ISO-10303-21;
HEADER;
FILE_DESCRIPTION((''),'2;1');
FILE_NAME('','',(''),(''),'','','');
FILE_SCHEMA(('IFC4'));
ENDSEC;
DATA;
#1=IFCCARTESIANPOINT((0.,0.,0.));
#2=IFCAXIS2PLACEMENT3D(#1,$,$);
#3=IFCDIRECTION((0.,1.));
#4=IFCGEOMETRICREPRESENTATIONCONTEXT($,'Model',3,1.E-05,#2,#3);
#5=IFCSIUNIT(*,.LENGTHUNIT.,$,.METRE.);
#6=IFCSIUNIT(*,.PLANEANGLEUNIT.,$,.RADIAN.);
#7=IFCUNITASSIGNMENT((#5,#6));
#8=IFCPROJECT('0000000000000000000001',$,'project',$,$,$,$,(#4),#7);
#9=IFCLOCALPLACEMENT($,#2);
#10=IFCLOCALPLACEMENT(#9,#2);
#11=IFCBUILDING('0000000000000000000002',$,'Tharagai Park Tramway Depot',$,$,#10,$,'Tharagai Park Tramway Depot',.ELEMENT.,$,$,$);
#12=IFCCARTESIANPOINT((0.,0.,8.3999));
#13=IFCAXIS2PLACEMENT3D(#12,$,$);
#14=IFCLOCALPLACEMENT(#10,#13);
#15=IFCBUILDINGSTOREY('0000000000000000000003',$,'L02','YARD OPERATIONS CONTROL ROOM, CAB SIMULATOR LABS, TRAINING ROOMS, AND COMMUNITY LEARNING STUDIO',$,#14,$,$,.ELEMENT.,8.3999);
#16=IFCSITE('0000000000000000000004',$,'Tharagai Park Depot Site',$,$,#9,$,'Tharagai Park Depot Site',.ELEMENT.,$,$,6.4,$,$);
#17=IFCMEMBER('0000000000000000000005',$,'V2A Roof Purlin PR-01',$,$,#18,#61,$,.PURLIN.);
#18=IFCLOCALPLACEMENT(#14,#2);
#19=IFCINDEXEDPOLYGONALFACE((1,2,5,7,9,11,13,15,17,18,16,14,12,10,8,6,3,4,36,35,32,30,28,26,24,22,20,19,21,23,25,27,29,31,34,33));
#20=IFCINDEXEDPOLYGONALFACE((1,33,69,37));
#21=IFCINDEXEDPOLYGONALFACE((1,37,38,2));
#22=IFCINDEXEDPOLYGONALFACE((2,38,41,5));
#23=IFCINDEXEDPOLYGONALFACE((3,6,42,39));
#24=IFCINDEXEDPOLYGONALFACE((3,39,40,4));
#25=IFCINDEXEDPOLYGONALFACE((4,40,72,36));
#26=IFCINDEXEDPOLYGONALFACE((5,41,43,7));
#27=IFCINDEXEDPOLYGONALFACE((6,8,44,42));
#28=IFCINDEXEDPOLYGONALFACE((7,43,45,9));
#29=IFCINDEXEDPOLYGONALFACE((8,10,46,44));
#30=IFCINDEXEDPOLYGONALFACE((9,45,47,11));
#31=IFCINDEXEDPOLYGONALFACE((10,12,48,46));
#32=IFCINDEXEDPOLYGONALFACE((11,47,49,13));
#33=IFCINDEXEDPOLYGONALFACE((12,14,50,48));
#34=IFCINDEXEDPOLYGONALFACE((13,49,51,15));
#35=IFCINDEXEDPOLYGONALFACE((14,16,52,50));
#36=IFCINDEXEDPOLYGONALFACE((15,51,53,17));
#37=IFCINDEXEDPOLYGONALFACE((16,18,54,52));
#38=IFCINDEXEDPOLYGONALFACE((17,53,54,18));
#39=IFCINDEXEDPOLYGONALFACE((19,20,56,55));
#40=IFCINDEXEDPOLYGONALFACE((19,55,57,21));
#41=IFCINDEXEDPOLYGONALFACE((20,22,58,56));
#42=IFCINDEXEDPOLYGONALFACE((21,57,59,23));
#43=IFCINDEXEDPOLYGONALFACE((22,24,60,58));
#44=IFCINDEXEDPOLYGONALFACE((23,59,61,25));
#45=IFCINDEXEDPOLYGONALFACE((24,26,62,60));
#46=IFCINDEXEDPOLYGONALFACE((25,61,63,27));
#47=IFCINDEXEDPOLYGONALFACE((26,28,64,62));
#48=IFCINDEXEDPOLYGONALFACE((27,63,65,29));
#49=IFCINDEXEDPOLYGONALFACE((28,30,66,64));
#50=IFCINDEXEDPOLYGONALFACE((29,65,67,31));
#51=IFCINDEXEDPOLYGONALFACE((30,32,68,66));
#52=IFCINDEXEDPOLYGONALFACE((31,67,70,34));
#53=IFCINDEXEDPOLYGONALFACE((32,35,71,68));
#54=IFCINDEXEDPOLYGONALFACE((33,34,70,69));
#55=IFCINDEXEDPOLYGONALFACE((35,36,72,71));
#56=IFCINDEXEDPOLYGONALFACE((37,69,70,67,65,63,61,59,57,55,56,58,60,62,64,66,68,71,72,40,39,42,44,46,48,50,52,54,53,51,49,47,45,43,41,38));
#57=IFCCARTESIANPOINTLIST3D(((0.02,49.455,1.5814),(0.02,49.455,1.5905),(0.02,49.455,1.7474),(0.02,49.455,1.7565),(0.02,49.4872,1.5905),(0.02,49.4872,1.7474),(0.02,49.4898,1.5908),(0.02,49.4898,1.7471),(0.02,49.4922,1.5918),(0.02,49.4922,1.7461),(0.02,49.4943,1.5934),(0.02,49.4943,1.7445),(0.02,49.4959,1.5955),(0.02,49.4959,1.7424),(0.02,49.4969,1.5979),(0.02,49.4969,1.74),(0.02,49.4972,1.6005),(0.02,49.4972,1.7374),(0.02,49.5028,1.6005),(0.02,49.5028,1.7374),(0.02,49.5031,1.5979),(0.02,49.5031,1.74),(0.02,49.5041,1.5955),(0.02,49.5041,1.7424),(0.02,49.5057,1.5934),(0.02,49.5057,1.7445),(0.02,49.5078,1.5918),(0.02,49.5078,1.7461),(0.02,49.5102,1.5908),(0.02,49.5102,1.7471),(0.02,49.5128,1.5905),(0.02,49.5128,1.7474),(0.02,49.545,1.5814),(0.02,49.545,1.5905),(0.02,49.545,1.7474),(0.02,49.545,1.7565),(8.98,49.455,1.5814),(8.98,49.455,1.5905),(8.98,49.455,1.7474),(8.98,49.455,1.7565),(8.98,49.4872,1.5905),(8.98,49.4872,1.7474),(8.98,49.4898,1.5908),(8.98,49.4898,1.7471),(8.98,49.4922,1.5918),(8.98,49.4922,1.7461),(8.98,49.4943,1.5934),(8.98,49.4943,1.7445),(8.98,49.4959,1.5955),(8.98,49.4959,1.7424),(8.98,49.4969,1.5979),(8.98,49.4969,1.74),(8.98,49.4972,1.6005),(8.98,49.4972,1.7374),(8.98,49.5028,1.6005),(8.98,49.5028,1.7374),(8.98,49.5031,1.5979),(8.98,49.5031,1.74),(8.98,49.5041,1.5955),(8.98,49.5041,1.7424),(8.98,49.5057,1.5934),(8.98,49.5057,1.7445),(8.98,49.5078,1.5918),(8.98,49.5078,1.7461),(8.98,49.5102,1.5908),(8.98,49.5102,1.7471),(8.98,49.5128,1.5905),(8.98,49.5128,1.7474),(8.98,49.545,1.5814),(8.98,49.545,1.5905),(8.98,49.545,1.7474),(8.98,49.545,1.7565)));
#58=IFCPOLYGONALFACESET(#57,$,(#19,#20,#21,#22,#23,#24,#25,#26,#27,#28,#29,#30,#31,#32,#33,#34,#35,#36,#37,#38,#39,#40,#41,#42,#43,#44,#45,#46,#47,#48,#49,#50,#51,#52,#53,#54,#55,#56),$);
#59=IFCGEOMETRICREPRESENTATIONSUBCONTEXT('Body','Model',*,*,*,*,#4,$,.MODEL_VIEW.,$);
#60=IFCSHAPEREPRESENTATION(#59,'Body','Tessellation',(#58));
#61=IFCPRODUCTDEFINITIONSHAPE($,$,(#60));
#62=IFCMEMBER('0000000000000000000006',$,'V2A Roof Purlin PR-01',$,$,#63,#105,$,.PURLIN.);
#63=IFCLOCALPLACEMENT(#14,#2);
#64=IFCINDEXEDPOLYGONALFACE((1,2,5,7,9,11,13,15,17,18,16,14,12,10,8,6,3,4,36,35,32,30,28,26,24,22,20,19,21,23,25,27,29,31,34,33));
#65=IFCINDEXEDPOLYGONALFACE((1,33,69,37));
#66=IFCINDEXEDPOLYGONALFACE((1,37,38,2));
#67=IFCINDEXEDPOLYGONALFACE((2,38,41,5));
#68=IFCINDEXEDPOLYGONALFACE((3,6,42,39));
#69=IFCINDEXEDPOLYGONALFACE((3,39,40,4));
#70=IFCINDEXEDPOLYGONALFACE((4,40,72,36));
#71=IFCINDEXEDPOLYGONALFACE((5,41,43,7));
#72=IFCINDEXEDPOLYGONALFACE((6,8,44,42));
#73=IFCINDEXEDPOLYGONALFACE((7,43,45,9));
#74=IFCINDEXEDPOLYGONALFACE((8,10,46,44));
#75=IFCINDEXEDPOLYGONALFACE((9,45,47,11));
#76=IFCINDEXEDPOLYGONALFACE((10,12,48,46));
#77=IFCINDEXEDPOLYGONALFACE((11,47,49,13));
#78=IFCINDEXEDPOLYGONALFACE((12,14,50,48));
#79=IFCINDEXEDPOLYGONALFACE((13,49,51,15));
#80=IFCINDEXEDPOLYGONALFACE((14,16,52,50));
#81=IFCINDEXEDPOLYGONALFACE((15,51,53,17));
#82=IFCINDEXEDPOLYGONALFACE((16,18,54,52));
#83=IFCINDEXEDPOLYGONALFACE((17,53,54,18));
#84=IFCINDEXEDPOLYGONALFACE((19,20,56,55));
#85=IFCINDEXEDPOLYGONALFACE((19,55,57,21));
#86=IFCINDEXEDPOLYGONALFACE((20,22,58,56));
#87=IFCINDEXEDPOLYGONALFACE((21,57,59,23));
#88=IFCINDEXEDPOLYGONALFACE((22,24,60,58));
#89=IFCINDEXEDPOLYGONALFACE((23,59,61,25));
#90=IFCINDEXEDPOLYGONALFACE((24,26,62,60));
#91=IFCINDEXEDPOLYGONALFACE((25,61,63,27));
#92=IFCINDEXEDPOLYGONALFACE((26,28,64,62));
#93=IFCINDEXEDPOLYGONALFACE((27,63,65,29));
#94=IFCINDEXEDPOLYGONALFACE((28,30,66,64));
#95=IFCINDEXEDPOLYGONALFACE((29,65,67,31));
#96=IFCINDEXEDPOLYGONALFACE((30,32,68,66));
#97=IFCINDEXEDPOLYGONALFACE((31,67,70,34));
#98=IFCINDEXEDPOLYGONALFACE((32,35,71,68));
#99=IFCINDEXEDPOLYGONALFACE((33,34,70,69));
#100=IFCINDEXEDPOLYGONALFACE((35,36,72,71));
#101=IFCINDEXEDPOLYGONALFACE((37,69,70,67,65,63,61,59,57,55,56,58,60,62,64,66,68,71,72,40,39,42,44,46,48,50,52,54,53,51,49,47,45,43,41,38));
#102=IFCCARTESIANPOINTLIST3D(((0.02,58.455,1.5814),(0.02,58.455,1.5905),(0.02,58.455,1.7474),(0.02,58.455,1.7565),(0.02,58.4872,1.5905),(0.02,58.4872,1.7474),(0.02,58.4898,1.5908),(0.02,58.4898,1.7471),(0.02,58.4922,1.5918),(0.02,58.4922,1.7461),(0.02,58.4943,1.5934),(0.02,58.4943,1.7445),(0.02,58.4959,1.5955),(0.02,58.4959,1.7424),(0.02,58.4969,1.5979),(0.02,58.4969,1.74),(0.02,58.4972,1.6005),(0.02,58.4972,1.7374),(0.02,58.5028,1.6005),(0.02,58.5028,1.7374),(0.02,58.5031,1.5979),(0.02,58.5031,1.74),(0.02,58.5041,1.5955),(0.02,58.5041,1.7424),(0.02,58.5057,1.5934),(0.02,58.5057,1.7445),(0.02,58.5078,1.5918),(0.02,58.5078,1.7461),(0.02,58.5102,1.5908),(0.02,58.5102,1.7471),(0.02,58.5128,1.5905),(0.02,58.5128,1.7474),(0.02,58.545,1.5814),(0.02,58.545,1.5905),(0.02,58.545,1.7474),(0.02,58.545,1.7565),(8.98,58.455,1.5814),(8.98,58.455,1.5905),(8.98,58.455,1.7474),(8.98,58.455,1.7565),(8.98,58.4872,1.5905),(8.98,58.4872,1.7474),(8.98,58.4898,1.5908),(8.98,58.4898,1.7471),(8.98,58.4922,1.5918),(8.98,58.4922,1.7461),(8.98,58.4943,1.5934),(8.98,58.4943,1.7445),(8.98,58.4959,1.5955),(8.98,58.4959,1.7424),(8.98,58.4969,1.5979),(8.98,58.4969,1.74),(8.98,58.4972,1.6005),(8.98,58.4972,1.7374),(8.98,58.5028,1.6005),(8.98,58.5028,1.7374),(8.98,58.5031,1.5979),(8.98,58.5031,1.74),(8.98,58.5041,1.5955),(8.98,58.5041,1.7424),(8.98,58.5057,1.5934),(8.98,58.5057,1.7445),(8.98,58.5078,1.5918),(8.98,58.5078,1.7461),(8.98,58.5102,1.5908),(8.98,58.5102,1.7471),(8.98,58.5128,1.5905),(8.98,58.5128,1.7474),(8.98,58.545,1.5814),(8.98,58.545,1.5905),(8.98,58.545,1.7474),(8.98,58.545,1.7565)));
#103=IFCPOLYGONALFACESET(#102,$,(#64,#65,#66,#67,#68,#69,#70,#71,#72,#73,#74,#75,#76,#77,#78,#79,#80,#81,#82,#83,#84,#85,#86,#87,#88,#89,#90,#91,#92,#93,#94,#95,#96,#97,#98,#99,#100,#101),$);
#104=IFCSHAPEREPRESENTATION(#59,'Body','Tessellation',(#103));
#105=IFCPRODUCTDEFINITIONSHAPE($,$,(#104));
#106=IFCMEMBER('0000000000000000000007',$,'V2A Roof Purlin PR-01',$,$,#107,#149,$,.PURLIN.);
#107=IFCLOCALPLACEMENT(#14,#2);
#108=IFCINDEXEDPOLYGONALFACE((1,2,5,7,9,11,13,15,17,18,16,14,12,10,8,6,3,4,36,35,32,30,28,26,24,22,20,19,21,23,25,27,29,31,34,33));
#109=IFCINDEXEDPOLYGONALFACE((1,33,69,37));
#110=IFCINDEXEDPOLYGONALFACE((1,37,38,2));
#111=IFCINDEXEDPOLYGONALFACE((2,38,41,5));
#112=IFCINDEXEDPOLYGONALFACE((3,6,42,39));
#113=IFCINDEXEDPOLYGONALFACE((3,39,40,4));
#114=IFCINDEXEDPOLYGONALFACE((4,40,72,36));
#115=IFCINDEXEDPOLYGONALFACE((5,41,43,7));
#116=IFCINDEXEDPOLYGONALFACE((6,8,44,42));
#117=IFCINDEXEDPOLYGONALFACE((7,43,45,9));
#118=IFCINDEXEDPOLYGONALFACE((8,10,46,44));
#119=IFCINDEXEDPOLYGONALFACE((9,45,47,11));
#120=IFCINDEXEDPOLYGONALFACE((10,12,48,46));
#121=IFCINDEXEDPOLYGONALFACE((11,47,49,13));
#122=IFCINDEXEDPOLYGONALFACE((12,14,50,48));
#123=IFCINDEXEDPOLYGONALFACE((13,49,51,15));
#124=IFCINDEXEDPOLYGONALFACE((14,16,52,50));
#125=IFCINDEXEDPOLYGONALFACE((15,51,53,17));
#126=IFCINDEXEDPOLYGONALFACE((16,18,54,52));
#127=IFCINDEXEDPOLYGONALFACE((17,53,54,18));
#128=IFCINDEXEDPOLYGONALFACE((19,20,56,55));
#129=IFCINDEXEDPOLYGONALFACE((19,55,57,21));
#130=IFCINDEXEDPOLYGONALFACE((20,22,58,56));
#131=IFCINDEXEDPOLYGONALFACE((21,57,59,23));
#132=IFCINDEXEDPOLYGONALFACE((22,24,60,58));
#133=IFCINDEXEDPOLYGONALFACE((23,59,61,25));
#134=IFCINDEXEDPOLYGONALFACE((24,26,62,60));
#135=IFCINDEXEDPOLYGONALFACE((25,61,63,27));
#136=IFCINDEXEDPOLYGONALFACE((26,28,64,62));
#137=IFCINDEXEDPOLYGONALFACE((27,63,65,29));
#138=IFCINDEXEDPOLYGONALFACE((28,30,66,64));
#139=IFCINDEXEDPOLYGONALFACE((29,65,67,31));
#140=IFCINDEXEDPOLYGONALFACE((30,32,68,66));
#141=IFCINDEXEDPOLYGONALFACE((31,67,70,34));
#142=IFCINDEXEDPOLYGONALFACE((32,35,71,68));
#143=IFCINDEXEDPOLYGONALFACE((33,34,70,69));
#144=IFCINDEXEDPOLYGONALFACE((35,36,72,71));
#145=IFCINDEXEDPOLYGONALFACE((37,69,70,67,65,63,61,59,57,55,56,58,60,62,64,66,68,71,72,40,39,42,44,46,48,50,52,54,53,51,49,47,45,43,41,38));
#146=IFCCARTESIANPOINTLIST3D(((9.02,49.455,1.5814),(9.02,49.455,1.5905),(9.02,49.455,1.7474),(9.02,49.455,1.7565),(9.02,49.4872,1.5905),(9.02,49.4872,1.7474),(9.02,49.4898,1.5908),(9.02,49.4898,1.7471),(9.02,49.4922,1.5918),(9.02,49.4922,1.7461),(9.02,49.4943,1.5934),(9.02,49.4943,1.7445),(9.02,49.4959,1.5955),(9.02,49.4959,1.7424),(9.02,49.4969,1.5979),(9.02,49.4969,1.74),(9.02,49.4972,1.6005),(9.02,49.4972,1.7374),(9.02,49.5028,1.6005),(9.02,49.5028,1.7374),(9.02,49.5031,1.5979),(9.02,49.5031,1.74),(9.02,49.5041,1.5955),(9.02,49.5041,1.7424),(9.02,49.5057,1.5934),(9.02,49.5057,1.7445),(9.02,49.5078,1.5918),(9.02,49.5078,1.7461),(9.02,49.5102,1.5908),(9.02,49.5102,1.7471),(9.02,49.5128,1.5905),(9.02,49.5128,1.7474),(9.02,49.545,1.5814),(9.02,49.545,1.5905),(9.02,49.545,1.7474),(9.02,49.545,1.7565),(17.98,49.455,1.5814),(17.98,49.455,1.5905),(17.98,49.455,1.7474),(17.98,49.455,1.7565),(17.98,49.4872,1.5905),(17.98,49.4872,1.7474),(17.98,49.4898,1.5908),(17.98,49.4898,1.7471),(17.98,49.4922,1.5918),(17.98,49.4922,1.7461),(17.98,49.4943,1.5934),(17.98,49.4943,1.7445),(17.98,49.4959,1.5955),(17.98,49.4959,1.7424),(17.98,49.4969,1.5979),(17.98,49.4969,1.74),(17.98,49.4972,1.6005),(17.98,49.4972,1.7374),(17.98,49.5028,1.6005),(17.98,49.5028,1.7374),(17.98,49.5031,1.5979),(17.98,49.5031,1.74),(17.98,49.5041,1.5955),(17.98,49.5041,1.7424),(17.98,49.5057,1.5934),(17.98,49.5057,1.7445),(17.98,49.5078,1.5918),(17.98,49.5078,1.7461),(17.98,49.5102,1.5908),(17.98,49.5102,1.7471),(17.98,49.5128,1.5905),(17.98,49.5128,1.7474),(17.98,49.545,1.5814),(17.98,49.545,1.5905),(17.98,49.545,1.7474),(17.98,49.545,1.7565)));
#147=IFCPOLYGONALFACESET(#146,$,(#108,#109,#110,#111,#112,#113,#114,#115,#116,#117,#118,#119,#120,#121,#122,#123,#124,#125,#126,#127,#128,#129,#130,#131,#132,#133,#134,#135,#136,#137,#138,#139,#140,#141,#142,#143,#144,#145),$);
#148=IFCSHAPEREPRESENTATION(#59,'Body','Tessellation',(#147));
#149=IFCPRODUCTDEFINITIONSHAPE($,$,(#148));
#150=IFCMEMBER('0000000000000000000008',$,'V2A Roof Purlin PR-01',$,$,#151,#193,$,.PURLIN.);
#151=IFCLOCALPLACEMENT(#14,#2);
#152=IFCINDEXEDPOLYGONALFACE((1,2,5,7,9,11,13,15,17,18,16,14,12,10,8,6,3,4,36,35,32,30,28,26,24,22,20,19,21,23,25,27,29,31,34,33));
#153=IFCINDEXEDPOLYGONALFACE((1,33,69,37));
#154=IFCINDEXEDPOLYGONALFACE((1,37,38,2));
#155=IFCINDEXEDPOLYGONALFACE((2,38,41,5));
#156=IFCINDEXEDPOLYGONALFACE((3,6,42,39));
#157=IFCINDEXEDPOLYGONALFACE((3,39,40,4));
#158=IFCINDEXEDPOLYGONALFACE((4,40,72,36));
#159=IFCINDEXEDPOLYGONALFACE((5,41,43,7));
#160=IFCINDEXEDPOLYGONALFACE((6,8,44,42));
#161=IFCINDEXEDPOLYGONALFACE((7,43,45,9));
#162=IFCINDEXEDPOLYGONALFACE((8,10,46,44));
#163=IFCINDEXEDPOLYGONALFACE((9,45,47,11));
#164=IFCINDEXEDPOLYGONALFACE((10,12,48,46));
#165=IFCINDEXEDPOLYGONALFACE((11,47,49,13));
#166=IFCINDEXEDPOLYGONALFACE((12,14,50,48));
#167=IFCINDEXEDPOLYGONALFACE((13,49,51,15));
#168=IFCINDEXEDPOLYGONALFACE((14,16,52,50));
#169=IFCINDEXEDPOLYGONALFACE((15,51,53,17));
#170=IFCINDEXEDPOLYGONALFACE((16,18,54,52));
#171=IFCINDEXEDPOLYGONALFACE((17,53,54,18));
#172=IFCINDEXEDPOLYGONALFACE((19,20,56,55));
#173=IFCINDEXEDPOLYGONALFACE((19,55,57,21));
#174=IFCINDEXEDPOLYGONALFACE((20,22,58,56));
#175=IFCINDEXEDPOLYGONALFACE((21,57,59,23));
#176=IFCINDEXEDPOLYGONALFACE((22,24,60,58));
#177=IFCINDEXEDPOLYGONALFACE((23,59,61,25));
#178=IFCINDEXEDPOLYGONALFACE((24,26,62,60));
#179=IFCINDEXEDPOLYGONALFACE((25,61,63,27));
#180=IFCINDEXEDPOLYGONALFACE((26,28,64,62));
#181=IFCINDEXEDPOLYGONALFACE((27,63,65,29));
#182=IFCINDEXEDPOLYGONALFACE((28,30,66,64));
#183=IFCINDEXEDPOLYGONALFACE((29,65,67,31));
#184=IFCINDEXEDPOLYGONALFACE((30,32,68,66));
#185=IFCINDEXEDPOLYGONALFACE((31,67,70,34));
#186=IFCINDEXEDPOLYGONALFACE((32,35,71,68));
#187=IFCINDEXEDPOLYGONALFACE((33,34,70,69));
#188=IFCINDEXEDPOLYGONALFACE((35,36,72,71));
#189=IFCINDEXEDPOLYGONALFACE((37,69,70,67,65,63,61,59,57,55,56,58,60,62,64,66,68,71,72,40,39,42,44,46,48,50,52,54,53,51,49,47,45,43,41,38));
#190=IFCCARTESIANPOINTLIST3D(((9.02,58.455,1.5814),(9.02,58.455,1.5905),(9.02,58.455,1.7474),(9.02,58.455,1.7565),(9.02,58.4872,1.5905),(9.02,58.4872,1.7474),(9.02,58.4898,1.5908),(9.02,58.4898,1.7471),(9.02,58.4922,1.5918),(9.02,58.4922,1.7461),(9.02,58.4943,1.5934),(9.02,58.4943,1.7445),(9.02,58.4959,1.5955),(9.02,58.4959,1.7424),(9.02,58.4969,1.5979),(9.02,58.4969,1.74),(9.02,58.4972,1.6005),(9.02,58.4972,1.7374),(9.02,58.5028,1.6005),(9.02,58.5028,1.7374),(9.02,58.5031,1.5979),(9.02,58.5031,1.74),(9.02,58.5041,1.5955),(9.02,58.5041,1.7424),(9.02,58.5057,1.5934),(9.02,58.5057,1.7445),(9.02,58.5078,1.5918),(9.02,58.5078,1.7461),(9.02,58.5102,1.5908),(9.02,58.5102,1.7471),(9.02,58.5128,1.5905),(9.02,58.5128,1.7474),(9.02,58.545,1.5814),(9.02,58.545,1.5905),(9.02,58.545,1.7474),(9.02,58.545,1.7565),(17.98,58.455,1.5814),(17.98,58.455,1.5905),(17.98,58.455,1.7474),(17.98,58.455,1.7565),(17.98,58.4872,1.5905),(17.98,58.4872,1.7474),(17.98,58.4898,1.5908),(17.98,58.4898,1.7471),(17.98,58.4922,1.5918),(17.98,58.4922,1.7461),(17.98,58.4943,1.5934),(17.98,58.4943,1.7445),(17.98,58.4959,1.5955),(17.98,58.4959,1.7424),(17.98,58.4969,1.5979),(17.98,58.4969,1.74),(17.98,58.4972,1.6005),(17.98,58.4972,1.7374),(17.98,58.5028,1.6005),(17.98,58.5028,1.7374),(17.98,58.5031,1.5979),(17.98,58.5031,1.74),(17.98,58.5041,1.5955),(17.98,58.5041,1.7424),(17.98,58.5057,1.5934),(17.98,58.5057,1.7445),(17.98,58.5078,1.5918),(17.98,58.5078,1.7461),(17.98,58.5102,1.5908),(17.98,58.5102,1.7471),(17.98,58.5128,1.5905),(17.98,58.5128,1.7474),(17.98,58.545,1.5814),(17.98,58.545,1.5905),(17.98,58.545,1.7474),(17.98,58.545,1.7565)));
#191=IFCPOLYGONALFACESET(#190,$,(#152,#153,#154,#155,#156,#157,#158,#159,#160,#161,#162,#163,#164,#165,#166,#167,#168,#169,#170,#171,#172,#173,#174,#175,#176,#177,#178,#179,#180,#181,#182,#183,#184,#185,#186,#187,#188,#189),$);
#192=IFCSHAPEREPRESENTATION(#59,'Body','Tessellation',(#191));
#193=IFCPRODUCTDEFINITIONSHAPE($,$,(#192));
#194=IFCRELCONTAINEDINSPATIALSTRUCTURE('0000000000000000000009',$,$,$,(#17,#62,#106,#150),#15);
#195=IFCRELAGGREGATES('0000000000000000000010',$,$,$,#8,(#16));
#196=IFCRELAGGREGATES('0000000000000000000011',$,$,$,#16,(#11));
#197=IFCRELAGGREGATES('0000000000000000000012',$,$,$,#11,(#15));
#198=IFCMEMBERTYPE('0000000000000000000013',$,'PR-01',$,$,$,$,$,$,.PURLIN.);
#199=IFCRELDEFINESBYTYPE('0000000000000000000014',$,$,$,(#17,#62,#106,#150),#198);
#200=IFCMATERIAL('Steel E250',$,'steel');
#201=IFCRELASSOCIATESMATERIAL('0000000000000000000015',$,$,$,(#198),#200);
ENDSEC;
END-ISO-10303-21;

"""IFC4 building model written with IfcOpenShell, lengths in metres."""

from ifc_helpers import new_model, si_unit, direction, frame, origin, origin_2d, place, context, subcontext, project, spatial, i_section, extrude, material, material_profile, profile_set, type_object, element, save


model = new_model("IFC4")

# Units and contexts
model_context = context("Model", 3, precision=1e-05, world=origin(), true_north=direction((0.0, 1.0)))
body_context = subcontext(model_context, "Body", "Model", "MODEL_VIEW")
ifc_project = project(units=[si_unit("LENGTHUNIT", "METRE"), si_unit("PLANEANGLEUNIT", "RADIAN")], contexts=[model_context])

# Site, building, storey
site_placement = place(None, origin())
site = spatial("IfcSite", under=ifc_project, at=site_placement, Name="Tharagai Park Depot Site", LongName="Tharagai Park Depot Site", CompositionType="ELEMENT", RefElevation=6.4)
building_placement = place(site_placement, origin())
building = spatial("IfcBuilding", under=site, at=building_placement, Name="Tharagai Park Tramway Depot", LongName="Tharagai Park Tramway Depot", CompositionType="ELEMENT")
storey_placement = place(building_placement, frame((0.0, 0.0, 8.3999)))
storey = spatial("IfcBuildingStorey", under=building, at=storey_placement, Name="L02", Description="YARD OPERATIONS CONTROL ROOM, CAB SIMULATOR LABS, TRAINING ROOMS, AND COMMUNITY LEARNING STUDIO", CompositionType="ELEMENT", Elevation=8.3999)

# Members
ifc_material_1 = material(Name="Steel E250", Category="steel")
ifc_material_profile_1 = material_profile(ifc_material_1, i_section(OverallWidth=0.0901, OverallDepth=0.175, WebThickness=0.0056, FlangeThickness=0.009, FilletRadius=0.01, at=origin_2d()), Name="ISMB 175")
ifc_profile_set_1 = profile_set([ifc_material_profile_1], Name="Steel E250")
member_type_1 = type_object("IfcMemberType", Name="PR-01", PredefinedType="PURLIN", material=ifc_profile_set_1)
for number, where, z_axis, x_axis, name in (
    (1, (0.02, 49.5, 1.6689), (1.0, 0.0, 0.0), (0.0, 1.0, 0.0), "V2A Roof Purlin PR-01"),
    (2, (0.02, 58.5, 1.6689), (1.0, 0.0, 0.0), (0.0, 1.0, 0.0), "V2A Roof Purlin PR-01"),
    (3, (9.02, 49.5, 1.6689), (1.0, 0.0, 0.0), (0.0, 1.0, 0.0), "V2A Roof Purlin PR-01"),
    (4, (9.02, 58.5, 1.6689), (1.0, 0.0, 0.0), (0.0, 1.0, 0.0), "V2A Roof Purlin PR-01"),
):
    element("IfcMember", number, at=place(storey_placement, frame(where, z_axis=z_axis, x_axis=x_axis)), inside=storey, type_object=member_type_1, Name=name, PredefinedType="PURLIN", context=body_context, shape_type="SweptSolid", body=[
        extrude(i_section(OverallWidth=0.0901, OverallDepth=0.175, WebThickness=0.0056, FlangeThickness=0.009, FilletRadius=0.01, at=origin_2d()), origin(), (0.0, 0.0, 1.0), 8.96),
    ])

save(model, "model.ifc")
